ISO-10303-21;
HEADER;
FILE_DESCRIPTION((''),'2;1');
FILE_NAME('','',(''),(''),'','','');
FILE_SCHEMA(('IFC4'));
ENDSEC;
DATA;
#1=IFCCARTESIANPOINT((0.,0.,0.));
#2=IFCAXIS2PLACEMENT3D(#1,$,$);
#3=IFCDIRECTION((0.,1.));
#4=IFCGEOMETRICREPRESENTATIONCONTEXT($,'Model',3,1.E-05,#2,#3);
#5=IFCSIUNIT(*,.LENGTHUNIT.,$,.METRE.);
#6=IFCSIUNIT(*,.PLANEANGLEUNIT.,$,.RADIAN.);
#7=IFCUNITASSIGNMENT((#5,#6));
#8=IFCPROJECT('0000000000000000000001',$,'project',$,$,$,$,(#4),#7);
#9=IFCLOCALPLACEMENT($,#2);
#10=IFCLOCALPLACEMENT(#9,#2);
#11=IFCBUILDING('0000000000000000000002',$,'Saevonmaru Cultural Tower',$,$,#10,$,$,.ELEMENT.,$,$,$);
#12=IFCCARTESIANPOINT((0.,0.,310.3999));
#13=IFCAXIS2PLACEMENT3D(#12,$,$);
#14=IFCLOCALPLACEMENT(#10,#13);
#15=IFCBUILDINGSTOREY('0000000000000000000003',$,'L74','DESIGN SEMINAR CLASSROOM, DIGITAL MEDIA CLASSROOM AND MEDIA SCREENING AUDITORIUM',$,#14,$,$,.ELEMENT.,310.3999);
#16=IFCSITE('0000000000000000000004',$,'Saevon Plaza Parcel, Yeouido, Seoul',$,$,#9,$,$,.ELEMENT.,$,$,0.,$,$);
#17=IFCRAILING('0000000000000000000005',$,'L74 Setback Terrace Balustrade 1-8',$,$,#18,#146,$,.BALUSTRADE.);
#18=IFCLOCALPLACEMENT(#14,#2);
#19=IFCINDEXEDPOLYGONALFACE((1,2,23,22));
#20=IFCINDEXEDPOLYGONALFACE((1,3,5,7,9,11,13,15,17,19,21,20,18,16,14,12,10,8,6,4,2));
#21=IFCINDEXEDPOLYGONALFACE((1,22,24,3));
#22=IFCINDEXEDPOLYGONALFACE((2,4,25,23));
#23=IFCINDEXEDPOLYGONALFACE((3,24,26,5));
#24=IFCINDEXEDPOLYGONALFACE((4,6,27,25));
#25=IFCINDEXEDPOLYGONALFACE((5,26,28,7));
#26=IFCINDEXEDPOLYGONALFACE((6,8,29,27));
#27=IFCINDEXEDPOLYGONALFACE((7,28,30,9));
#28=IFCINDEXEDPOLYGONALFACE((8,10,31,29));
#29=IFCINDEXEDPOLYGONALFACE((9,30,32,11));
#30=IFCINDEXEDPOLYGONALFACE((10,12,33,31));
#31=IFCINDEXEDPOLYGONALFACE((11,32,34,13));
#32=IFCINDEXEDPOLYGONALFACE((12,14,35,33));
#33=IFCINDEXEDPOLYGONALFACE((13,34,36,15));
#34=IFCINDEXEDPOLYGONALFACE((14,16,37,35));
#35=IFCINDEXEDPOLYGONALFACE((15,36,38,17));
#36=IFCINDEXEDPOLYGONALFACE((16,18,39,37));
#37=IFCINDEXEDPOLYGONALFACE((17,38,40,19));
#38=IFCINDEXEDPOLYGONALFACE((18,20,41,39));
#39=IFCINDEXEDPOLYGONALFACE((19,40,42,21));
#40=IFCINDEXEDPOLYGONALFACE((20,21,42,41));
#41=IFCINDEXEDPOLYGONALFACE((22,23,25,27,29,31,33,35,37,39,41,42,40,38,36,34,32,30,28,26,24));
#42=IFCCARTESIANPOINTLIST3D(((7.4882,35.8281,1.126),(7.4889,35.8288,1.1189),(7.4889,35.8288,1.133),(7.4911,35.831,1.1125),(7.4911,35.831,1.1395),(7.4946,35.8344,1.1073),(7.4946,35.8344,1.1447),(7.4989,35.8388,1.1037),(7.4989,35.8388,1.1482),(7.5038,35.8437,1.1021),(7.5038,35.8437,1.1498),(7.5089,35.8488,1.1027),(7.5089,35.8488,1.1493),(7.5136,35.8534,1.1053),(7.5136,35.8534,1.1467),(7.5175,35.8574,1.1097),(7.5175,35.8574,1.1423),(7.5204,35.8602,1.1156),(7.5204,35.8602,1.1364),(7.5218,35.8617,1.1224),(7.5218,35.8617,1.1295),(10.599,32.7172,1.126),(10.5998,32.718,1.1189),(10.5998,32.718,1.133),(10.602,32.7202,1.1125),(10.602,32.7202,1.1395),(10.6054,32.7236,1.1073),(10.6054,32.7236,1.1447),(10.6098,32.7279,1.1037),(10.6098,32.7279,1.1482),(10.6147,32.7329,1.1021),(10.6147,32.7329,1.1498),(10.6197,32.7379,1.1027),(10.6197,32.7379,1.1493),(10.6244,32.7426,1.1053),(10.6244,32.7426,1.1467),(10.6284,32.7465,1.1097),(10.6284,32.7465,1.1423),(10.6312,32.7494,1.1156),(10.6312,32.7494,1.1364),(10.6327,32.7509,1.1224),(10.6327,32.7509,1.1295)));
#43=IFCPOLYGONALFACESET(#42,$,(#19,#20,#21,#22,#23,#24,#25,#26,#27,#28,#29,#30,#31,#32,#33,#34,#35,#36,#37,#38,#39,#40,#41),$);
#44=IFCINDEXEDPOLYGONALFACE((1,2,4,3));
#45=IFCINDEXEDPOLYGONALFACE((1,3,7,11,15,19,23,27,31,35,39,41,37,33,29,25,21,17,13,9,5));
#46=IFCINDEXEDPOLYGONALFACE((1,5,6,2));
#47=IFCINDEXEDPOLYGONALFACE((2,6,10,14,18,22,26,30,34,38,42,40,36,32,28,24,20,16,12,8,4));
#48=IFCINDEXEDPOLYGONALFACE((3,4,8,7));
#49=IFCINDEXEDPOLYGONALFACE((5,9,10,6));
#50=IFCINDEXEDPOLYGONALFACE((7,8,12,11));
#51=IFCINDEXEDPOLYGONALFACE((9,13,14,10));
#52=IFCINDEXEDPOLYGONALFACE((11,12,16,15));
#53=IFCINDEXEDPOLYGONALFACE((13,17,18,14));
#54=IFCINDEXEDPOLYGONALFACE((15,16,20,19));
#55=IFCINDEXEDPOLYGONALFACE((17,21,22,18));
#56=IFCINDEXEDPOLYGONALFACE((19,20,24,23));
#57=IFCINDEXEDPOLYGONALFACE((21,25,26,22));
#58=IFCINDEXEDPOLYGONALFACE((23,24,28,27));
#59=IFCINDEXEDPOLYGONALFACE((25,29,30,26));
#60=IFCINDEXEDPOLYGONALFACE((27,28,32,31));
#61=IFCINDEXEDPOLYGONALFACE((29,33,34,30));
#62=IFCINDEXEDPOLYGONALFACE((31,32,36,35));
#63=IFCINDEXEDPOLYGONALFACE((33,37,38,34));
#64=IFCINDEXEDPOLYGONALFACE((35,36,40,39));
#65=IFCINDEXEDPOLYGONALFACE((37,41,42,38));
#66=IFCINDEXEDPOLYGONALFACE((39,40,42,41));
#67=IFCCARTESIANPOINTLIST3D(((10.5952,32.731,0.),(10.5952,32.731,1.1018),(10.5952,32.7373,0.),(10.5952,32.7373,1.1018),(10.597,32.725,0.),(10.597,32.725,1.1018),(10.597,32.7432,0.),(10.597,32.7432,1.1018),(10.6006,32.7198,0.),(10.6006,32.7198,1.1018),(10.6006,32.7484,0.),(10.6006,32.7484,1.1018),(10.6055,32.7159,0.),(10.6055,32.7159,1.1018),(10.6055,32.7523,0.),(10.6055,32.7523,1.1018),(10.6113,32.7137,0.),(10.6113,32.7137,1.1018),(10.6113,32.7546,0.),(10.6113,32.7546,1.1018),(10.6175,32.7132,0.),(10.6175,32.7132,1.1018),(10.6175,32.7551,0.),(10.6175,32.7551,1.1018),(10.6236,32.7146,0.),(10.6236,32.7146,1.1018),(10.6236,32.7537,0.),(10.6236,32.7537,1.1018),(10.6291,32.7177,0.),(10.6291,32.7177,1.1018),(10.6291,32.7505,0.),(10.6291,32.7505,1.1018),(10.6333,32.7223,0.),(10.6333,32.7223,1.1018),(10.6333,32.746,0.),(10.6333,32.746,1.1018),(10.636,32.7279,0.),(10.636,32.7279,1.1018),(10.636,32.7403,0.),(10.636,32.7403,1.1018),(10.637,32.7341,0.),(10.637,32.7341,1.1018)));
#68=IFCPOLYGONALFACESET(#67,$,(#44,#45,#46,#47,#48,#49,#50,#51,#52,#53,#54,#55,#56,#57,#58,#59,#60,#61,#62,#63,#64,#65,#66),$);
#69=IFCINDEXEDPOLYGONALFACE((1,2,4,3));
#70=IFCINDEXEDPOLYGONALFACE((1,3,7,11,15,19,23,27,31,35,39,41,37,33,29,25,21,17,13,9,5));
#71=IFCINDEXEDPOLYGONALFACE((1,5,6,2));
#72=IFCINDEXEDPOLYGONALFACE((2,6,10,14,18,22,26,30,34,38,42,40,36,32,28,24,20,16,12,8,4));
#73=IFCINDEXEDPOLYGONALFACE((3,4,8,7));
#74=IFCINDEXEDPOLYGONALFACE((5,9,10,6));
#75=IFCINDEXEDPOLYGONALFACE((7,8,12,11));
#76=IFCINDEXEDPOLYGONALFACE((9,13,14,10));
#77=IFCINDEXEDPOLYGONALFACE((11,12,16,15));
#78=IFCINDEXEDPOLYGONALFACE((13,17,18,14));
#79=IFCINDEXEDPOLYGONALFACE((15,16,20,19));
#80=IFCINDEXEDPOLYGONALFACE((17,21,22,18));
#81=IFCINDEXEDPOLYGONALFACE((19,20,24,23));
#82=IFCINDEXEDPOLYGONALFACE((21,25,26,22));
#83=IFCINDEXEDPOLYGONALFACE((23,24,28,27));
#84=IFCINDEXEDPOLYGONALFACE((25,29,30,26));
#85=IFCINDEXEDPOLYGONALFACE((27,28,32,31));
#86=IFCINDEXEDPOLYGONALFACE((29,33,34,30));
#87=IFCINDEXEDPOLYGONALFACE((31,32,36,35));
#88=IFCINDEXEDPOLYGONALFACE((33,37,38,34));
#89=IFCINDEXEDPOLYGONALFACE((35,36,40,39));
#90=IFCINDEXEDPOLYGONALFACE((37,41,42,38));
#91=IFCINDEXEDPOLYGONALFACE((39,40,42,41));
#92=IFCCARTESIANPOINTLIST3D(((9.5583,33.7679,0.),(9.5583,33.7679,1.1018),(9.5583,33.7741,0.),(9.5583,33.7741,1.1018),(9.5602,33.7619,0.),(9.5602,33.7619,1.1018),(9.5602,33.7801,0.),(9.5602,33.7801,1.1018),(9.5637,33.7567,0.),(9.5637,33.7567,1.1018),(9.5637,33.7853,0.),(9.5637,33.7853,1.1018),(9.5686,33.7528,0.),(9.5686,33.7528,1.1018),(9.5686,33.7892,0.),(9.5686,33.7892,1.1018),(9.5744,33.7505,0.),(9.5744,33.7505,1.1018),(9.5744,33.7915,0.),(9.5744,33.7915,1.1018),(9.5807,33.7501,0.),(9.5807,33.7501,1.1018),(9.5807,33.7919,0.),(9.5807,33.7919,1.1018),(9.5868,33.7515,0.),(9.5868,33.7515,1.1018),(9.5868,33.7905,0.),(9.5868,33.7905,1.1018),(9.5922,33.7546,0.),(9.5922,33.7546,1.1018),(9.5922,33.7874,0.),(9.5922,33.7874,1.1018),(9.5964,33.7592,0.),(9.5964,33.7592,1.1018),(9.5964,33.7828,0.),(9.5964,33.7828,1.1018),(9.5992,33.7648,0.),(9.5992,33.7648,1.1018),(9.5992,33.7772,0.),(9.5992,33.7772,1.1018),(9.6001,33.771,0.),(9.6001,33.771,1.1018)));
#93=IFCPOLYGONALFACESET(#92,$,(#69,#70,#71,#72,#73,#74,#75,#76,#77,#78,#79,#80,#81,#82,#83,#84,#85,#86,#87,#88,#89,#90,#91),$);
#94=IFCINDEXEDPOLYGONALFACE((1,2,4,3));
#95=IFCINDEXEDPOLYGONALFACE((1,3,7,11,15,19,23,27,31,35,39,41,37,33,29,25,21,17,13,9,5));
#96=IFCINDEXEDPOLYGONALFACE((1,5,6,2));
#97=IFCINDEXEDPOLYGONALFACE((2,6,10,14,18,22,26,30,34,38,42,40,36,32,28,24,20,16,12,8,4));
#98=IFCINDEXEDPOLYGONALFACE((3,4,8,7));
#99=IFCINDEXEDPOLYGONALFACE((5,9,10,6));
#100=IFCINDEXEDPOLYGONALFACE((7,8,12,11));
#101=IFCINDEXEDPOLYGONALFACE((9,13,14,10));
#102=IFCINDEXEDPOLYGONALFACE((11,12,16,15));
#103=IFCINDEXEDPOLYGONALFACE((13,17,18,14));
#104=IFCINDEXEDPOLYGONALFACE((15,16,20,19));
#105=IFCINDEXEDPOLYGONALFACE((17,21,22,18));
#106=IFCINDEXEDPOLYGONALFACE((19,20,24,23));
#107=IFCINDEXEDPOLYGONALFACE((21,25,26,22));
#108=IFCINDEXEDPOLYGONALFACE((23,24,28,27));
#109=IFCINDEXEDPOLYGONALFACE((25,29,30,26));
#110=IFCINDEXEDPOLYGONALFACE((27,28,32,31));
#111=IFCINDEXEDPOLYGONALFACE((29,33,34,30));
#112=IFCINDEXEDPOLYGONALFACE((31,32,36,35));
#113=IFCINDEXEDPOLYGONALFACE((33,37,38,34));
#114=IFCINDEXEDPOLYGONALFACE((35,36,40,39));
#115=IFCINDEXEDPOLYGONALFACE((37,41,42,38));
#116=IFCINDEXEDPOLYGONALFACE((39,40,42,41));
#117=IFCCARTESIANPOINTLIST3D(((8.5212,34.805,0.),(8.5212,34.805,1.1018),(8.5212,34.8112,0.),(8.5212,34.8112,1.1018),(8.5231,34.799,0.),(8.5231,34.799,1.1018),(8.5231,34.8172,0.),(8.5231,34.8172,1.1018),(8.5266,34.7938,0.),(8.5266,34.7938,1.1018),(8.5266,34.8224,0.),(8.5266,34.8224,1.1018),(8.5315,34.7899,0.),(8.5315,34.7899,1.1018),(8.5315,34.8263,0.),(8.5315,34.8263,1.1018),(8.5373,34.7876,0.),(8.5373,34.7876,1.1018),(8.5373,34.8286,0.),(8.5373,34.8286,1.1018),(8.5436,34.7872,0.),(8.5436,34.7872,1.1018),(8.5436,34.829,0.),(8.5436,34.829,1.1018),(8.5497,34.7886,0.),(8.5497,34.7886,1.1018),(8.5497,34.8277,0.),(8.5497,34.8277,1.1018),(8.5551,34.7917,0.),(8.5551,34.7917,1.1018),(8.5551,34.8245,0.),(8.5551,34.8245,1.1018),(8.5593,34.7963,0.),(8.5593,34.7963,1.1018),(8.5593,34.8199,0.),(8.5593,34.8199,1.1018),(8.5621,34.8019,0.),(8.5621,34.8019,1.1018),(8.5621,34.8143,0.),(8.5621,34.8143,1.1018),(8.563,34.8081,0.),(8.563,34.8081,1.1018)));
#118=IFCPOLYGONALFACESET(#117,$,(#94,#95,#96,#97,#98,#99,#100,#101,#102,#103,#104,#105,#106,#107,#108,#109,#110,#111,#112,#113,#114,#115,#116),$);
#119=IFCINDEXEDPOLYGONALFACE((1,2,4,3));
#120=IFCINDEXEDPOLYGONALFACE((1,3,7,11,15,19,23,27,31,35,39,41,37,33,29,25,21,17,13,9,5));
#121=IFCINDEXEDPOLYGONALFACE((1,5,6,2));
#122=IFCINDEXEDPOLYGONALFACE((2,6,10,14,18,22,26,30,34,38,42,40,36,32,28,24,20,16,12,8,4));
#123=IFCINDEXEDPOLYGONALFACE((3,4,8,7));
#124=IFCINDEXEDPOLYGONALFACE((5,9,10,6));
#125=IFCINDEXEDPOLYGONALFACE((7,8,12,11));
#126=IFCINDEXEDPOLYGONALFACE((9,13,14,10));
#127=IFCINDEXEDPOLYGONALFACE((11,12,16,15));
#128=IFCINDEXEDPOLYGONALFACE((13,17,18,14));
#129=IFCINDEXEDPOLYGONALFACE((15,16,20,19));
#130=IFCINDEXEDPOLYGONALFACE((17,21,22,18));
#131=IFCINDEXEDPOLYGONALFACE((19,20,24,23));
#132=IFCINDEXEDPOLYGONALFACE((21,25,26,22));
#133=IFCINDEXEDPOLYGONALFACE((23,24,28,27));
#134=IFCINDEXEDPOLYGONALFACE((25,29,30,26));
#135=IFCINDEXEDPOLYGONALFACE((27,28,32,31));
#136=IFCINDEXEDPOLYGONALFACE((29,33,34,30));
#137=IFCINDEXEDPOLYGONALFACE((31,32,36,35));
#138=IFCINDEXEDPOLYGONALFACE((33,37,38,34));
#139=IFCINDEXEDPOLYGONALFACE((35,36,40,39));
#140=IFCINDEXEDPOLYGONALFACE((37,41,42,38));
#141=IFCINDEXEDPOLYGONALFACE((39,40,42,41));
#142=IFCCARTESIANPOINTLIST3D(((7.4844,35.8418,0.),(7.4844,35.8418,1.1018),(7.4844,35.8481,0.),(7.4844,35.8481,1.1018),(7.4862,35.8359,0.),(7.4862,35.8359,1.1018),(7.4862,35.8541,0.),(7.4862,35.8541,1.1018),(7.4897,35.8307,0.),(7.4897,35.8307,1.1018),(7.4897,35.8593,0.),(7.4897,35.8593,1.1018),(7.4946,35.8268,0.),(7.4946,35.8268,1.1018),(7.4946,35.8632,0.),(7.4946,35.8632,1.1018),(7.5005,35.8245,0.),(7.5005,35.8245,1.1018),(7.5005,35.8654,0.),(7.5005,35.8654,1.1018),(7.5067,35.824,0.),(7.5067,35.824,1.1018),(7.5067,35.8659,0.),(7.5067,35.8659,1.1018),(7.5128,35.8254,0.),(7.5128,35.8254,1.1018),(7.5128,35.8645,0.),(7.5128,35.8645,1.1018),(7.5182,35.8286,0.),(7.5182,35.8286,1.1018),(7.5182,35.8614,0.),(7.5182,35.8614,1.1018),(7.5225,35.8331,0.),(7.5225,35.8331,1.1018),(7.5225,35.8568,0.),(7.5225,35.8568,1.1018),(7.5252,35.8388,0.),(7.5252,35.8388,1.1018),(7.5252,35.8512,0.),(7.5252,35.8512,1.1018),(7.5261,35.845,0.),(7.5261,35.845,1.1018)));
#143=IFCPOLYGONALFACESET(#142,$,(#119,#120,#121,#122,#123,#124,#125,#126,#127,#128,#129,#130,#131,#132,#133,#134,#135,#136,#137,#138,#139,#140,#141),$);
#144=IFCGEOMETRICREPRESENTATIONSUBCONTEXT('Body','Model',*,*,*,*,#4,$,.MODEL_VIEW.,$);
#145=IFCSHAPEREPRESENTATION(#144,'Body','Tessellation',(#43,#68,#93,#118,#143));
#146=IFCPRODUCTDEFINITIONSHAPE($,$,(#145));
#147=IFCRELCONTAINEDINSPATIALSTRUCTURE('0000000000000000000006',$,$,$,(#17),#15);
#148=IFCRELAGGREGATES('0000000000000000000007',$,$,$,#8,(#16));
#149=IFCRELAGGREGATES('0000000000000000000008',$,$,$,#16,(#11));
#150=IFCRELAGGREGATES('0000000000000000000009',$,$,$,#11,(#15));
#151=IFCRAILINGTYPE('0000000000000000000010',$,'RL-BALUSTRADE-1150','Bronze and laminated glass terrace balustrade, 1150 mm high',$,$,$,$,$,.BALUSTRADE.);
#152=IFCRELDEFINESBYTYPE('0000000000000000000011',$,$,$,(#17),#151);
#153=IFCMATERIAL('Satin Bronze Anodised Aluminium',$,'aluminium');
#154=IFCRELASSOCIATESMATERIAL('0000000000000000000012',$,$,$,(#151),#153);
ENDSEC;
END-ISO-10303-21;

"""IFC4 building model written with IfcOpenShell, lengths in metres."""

from ifc_helpers import new_model, si_unit, direction, frame, origin, origin_2d, place, context, subcontext, project, spatial, circle, extrude, material, type_object, element, save


model = new_model("IFC4")

# Units and contexts
model_context = context("Model", 3, precision=1e-05, world=origin(), true_north=direction((0.0, 1.0)))
body_context = subcontext(model_context, "Body", "Model", "MODEL_VIEW")
ifc_project = project(units=[si_unit("LENGTHUNIT", "METRE"), si_unit("PLANEANGLEUNIT", "RADIAN")], contexts=[model_context])

# Site, building, storey
site_placement = place(None, origin())
site = spatial("IfcSite", under=ifc_project, at=site_placement, Name="Saevon Plaza Parcel, Yeouido, Seoul", CompositionType="ELEMENT", RefElevation=0.0)
building_placement = place(site_placement, origin())
building = spatial("IfcBuilding", under=site, at=building_placement, Name="Saevonmaru Cultural Tower", CompositionType="ELEMENT")
storey_placement = place(building_placement, frame((0.0, 0.0, 310.3999)))
storey = spatial("IfcBuildingStorey", under=building, at=storey_placement, Name="L74", Description="DESIGN SEMINAR CLASSROOM, DIGITAL MEDIA CLASSROOM AND MEDIA SCREENING AUDITORIUM", CompositionType="ELEMENT", Elevation=310.3999)

# Shared definitions
ifc_material_1 = material(Name="Satin Bronze Anodised Aluminium", Category="aluminium")

# Railing
railing_type = type_object("IfcRailingType", Name="RL-BALUSTRADE-1150", Description="Bronze and laminated glass terrace balustrade, 1150 mm high", PredefinedType="BALUSTRADE", material=ifc_material_1)
railing_1_placement = place(storey_placement, frame((10.616, 32.7341, 0.0)))
element("IfcRailing", 1, at=railing_1_placement, inside=storey, type_object=railing_type, Name="L74 Setback Terrace Balustrade 1-8", PredefinedType="BALUSTRADE", context=body_context, shape_type="SweptSolid", body=[
    extrude(circle(Radius=0.0239, at=origin_2d()), frame((0.0, 0.0, 1.126), z_axis=(-0.707107, 0.707107, 0.0), x_axis=(-0.707107, -0.707107, 0.0)), (0.0, 0.0, 1.0), 4.3994),
    extrude(circle(Radius=0.021, at=origin_2d()), origin(), (0.0, 0.0, 1.0), 1.1018),
    extrude(circle(Radius=0.021, at=origin_2d()), frame((-1.0369, 1.0369, 0.0)), (0.0, 0.0, 1.0), 1.1018),
    extrude(circle(Radius=0.021, at=origin_2d()), frame((-2.074, 2.074, 0.0)), (0.0, 0.0, 1.0), 1.1018),
    extrude(circle(Radius=0.021, at=origin_2d()), frame((-3.1108, 3.1108, 0.0)), (0.0, 0.0, 1.0), 1.1018),
])

save(model, "model.ifc")
